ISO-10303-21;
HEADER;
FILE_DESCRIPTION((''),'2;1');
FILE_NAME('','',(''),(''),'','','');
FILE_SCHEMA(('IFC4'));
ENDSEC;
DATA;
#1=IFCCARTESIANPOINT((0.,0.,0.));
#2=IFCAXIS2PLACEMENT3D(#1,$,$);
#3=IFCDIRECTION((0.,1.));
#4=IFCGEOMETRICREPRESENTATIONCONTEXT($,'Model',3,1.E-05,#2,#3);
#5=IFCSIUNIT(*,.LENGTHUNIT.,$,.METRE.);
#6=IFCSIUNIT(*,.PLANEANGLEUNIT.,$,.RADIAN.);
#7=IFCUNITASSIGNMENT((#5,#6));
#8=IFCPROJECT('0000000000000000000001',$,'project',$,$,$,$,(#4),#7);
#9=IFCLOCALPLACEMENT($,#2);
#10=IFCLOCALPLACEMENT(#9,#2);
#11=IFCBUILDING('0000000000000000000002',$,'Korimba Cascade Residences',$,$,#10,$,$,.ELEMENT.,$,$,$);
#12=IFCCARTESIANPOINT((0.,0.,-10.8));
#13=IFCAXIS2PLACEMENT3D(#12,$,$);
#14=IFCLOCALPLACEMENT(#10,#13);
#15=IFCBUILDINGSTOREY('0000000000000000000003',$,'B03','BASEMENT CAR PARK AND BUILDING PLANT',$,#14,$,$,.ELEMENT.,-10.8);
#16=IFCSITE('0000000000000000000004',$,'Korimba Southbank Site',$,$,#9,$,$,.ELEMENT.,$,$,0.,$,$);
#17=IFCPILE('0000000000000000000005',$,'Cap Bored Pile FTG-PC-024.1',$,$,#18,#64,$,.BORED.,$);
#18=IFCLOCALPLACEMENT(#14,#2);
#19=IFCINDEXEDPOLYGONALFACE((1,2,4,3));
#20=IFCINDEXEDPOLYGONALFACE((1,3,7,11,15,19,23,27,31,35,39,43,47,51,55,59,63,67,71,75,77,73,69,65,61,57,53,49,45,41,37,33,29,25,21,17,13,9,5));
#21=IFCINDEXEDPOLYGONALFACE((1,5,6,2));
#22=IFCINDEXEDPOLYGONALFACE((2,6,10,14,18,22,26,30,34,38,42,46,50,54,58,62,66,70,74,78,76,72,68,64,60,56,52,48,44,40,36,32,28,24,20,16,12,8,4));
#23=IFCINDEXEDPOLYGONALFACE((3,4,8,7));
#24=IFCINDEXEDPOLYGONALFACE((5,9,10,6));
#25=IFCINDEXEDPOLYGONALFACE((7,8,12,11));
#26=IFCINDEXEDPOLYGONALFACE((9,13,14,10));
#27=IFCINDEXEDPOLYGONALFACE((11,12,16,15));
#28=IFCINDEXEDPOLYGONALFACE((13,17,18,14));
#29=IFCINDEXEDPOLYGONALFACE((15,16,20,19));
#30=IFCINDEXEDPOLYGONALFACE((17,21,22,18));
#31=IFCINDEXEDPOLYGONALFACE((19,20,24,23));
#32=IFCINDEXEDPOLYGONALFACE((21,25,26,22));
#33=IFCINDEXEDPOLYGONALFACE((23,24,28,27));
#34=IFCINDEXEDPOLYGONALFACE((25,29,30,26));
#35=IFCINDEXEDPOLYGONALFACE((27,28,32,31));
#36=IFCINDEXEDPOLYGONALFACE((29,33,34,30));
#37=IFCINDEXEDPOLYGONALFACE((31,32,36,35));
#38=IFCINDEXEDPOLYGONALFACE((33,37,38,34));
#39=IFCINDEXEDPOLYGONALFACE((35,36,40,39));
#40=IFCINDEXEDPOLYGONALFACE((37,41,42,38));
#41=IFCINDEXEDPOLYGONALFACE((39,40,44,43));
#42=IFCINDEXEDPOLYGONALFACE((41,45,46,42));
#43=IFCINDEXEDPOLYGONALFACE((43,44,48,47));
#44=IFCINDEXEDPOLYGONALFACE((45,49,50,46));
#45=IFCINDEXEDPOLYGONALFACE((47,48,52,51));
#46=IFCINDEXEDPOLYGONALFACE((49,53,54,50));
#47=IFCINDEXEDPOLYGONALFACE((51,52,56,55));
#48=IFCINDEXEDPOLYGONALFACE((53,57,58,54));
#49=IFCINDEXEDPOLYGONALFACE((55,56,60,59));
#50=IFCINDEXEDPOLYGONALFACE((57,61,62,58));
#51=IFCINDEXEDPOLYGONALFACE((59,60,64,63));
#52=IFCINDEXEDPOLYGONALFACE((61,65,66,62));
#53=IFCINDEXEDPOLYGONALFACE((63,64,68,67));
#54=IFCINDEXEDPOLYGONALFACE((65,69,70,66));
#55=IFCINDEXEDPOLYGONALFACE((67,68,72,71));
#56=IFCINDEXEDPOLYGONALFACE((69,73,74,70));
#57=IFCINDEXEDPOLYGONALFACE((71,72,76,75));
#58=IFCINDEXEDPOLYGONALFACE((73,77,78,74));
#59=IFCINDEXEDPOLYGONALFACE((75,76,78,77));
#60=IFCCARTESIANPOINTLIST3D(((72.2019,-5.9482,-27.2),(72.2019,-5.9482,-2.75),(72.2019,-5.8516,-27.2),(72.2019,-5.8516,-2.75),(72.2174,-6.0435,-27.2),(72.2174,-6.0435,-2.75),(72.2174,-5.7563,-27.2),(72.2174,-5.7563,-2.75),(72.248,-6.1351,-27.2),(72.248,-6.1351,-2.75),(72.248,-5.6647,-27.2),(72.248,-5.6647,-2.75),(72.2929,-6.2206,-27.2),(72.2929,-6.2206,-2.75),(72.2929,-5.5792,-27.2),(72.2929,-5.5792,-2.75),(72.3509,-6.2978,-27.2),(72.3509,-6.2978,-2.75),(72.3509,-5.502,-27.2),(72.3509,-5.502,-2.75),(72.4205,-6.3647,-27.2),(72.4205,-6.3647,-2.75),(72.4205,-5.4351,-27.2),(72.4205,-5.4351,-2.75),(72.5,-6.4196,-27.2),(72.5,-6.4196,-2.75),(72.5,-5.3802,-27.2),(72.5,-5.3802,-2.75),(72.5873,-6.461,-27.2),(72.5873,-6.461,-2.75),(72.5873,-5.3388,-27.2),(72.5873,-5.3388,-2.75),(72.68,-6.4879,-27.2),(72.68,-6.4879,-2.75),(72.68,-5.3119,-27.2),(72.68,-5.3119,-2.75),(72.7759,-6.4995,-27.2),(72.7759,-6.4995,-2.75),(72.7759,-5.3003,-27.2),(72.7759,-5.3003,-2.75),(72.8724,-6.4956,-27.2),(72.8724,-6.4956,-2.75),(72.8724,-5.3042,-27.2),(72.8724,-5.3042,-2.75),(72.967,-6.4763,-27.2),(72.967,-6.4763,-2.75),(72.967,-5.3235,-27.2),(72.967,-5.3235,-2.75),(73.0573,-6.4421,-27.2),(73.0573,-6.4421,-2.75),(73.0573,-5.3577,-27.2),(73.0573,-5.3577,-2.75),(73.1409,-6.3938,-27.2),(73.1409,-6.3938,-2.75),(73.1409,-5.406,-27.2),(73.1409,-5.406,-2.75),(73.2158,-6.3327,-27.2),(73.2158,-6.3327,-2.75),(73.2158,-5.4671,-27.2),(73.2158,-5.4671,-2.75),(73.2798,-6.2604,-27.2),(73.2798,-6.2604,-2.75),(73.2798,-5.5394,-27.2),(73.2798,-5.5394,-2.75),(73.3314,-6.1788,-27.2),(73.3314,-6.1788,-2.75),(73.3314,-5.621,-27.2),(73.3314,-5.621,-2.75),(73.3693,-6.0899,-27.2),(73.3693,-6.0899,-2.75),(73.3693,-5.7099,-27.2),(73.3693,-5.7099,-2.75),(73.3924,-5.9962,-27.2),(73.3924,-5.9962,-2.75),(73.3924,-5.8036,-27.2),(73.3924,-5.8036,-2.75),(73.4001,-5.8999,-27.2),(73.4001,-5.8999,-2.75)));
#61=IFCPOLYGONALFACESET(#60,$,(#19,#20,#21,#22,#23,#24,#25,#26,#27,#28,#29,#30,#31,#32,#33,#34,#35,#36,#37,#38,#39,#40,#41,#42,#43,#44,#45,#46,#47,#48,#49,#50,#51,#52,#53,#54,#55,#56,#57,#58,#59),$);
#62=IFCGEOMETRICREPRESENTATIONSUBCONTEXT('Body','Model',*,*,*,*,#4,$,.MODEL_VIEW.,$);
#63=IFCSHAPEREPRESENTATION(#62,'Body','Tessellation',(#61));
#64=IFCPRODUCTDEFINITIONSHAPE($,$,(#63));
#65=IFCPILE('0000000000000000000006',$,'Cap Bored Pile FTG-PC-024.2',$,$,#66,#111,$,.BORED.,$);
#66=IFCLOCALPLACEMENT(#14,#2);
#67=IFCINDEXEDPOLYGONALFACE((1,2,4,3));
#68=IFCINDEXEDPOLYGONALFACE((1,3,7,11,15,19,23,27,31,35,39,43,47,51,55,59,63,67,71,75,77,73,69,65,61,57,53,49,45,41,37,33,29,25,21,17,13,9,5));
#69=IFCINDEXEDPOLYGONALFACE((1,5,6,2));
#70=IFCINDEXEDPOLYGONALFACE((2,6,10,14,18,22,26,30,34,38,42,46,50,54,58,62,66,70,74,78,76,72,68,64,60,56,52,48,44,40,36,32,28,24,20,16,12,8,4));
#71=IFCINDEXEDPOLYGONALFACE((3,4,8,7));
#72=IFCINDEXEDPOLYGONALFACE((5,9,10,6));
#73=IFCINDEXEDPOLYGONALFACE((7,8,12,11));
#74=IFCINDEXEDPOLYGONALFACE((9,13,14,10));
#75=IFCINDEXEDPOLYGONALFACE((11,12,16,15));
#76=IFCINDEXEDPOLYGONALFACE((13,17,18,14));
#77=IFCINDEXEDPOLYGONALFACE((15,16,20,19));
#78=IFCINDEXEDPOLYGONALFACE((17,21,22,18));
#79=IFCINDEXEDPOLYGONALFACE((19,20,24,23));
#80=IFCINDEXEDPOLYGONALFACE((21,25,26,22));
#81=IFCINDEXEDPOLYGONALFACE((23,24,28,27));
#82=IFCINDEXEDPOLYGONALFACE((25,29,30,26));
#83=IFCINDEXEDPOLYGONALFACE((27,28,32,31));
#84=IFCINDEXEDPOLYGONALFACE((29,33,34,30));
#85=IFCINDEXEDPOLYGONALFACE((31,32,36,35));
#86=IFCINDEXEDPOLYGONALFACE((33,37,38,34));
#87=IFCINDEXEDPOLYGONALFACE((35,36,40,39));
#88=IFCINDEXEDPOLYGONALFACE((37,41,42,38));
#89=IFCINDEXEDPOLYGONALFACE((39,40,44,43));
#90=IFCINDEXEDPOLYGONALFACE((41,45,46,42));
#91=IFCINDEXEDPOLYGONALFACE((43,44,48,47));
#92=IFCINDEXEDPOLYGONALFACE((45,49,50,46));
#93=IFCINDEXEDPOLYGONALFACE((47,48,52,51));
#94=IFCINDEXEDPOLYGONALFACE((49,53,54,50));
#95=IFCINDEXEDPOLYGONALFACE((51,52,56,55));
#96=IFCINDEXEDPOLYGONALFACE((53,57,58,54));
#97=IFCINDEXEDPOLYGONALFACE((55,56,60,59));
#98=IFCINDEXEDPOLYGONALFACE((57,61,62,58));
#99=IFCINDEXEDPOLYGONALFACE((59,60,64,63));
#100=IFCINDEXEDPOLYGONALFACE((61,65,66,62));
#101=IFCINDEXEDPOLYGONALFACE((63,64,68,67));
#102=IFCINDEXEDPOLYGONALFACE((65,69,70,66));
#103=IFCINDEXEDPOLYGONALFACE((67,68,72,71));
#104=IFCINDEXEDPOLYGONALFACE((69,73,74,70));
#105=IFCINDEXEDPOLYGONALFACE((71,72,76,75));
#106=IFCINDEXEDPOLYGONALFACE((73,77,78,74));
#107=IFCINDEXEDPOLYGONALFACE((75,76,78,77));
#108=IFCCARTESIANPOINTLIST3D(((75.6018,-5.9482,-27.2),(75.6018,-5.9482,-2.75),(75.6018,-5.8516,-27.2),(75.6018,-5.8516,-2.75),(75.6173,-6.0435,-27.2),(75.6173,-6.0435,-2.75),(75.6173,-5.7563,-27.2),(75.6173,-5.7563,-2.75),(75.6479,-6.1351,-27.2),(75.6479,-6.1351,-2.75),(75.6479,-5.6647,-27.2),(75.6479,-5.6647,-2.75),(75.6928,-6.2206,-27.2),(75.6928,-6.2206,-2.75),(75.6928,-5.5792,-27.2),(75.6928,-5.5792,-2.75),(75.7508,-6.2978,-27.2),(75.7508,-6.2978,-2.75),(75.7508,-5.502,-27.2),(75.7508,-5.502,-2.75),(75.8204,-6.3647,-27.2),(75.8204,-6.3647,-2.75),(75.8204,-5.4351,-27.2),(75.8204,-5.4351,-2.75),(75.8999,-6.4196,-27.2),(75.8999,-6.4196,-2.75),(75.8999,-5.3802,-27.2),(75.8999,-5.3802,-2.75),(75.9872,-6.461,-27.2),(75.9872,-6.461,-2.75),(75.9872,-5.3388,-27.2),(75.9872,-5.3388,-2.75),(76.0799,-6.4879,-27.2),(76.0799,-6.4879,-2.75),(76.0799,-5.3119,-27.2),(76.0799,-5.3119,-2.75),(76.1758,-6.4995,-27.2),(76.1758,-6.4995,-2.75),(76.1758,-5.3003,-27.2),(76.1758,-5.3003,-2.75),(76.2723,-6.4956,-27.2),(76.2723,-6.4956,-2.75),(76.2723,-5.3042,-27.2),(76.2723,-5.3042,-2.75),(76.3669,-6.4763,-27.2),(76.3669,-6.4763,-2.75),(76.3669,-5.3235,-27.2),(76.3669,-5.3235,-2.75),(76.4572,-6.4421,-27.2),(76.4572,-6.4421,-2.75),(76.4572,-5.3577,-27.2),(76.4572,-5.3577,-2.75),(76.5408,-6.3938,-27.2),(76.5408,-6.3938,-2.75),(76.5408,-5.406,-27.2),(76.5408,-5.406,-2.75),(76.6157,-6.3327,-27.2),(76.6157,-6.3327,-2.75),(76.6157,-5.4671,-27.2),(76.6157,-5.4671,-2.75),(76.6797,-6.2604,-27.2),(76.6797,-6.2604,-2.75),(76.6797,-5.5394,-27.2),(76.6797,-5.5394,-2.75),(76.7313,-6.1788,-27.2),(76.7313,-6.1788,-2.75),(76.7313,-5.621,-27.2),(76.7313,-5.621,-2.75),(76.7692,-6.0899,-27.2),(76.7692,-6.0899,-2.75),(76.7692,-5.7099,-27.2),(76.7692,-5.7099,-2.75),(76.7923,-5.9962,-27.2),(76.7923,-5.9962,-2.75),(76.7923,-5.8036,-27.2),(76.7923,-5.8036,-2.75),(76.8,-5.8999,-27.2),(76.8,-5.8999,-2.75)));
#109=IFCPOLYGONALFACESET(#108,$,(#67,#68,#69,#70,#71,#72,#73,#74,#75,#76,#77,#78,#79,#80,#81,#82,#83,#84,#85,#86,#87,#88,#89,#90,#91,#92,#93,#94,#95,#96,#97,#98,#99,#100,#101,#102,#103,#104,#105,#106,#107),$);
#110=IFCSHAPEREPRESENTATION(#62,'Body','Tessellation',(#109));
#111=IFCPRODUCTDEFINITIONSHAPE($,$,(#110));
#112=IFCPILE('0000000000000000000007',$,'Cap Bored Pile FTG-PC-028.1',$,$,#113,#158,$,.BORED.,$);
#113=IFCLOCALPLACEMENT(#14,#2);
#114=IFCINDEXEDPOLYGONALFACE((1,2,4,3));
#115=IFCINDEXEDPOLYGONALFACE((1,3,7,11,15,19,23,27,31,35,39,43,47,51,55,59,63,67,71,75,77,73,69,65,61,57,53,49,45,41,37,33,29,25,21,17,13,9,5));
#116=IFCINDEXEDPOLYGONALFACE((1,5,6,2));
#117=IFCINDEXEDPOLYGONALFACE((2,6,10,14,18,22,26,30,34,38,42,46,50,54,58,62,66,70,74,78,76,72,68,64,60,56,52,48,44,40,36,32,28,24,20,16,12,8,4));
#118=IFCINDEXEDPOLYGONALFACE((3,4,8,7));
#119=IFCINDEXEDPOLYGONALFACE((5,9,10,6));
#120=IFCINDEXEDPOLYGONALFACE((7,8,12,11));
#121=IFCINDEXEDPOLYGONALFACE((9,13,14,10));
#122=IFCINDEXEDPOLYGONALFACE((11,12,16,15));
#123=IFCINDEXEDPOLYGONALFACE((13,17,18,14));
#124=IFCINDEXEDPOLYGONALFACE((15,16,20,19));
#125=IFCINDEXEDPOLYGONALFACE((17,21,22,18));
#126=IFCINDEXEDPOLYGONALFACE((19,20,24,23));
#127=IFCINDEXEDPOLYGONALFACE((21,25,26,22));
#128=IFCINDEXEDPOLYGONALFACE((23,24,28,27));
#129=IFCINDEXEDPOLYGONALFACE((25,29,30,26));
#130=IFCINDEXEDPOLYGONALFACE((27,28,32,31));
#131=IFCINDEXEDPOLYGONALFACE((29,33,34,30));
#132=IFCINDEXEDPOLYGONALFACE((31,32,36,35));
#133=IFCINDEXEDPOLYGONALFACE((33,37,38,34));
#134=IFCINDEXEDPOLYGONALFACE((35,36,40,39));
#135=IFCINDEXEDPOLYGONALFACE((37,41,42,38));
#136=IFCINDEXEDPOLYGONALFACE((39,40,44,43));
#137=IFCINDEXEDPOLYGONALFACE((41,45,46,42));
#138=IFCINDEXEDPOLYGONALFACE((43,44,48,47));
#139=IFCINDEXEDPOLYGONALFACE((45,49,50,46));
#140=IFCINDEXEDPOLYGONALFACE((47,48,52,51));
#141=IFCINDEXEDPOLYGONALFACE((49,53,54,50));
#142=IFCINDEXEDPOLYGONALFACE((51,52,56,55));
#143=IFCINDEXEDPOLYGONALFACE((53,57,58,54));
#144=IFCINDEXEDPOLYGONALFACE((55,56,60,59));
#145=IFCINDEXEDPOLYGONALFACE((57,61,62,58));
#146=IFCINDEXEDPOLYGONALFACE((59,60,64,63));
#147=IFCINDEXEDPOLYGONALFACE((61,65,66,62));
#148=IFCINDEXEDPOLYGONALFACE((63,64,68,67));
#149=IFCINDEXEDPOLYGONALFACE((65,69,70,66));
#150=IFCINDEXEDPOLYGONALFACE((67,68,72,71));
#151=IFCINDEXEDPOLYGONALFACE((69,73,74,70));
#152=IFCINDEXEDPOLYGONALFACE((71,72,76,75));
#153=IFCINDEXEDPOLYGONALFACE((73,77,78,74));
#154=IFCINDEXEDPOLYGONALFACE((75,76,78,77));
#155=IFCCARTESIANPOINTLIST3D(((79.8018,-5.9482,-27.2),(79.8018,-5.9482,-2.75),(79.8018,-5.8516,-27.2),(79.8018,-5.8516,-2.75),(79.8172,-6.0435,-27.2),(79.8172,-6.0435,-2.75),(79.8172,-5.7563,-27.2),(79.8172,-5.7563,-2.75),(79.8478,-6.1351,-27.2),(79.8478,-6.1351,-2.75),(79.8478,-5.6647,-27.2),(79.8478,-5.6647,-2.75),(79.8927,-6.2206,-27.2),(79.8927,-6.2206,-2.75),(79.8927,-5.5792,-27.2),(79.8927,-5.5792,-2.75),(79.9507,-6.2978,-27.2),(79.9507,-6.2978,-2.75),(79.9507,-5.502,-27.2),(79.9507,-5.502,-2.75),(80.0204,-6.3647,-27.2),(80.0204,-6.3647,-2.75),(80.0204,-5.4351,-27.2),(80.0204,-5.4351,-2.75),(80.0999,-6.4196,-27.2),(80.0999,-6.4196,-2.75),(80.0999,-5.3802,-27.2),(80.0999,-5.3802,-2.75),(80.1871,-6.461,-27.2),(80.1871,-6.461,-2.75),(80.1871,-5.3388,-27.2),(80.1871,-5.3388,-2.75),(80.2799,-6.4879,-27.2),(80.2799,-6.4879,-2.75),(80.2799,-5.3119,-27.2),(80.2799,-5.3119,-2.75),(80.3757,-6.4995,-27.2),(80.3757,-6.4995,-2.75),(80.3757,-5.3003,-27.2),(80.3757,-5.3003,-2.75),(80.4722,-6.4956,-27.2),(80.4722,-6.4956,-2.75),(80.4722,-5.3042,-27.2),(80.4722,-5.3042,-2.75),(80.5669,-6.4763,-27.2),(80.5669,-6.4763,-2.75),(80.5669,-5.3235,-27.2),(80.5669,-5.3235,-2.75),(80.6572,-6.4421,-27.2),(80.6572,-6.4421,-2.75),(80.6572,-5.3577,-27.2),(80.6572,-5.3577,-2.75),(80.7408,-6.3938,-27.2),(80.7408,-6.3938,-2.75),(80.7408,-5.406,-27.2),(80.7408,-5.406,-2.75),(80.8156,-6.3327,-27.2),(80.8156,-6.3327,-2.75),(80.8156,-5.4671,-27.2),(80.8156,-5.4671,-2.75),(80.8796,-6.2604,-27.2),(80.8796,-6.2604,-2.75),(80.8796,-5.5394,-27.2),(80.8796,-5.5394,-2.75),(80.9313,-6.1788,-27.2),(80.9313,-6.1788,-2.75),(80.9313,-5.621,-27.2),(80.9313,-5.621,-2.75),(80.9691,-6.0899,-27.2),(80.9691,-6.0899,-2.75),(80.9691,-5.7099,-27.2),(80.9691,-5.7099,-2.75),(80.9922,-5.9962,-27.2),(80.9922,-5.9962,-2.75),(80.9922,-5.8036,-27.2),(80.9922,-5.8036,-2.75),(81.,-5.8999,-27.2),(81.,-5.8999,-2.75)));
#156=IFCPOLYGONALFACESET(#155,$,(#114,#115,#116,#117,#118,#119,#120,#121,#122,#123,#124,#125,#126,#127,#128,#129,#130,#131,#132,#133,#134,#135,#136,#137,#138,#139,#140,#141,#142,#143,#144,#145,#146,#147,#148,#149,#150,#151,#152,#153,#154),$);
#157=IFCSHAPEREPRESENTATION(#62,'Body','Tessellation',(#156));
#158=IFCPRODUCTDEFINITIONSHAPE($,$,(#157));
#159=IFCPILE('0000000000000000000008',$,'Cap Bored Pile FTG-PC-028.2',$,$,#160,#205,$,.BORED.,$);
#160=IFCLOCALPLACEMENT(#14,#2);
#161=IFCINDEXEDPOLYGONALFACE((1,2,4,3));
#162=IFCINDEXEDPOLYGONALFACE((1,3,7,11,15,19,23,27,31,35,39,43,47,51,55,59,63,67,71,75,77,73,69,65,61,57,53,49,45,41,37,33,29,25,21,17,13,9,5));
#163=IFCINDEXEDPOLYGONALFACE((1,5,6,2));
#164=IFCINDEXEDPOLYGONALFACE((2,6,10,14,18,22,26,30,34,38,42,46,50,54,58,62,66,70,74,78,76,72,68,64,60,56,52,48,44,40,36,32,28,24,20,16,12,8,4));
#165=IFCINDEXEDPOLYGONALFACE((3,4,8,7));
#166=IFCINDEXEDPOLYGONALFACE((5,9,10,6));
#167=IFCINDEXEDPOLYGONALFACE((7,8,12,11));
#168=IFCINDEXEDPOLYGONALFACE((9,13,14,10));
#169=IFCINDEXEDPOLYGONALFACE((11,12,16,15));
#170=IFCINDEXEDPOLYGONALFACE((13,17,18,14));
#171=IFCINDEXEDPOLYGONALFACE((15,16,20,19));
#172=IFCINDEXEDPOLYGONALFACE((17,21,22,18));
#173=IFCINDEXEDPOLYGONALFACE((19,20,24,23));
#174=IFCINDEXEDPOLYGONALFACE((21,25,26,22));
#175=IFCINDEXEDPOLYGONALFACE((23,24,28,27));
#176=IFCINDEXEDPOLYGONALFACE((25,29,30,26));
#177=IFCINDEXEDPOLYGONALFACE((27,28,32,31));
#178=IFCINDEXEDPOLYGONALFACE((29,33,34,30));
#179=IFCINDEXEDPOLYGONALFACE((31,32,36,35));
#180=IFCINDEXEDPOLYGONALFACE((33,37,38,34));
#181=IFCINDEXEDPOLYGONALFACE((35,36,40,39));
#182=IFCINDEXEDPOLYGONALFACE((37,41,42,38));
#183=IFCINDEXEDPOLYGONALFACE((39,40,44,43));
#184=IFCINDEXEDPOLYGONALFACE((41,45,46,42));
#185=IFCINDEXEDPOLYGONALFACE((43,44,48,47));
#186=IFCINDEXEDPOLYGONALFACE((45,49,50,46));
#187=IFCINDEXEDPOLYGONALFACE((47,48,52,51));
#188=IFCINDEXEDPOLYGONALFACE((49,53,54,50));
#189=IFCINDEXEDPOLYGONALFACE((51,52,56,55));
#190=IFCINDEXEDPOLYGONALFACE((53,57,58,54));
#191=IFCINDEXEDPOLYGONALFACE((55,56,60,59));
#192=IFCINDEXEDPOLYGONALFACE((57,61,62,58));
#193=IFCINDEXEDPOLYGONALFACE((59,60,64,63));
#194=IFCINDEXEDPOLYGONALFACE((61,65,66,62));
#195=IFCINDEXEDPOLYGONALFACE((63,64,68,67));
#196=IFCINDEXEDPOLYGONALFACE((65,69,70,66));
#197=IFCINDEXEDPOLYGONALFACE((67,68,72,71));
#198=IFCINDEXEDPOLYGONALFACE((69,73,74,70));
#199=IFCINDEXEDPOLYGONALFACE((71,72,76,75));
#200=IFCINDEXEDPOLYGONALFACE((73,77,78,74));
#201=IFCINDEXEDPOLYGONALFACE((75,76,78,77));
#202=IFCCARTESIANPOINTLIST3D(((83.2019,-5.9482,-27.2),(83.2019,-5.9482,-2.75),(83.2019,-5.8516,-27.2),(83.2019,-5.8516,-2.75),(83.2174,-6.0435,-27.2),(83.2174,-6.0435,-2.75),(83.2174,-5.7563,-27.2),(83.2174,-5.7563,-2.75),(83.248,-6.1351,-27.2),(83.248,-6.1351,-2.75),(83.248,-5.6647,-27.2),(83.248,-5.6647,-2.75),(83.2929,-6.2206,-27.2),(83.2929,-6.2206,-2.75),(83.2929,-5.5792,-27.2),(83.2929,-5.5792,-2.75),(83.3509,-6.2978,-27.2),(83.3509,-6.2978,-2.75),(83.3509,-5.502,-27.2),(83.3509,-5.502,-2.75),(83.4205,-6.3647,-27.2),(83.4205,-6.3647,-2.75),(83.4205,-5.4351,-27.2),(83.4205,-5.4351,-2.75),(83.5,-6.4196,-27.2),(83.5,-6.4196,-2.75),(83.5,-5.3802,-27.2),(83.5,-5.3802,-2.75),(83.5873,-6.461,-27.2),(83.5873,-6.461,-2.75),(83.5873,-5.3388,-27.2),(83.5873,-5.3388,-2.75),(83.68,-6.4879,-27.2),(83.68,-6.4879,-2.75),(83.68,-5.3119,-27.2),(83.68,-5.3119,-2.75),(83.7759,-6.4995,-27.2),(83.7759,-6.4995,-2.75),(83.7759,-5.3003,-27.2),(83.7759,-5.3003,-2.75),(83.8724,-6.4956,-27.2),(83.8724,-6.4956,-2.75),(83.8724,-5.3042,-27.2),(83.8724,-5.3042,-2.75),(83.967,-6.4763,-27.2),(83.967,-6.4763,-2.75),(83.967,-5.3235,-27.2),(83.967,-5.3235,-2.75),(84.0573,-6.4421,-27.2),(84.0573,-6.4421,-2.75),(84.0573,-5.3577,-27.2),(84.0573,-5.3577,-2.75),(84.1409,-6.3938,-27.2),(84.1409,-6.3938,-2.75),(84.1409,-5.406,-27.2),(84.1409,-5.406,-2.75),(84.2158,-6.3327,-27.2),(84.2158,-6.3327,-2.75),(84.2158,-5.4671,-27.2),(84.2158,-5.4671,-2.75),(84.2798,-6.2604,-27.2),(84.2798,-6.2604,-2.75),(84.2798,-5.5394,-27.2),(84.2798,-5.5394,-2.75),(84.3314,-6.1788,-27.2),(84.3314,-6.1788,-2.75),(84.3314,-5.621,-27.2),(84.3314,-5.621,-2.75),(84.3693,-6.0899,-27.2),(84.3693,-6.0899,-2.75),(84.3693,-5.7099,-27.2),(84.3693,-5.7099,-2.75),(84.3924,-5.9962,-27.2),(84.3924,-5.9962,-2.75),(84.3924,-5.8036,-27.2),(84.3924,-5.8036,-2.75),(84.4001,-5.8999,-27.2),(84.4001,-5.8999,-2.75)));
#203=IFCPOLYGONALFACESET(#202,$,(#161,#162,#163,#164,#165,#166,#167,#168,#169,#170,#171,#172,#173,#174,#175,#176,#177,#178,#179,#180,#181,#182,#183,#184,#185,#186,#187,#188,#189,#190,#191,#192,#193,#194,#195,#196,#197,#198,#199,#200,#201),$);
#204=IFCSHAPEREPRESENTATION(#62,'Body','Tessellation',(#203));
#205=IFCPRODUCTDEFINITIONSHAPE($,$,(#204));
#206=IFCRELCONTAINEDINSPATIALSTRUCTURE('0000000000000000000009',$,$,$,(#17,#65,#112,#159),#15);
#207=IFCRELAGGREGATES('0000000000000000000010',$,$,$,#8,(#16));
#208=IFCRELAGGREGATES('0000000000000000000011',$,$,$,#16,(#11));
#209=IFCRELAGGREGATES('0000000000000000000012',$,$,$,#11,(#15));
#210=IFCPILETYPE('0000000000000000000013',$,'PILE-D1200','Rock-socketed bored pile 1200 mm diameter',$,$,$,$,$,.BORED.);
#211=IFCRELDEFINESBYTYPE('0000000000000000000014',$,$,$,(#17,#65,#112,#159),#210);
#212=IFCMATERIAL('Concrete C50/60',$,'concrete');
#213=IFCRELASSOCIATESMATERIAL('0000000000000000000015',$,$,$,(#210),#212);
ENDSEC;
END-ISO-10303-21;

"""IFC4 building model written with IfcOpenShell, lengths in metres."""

from ifc_helpers import new_model, si_unit, direction, frame, origin, origin_2d, place, context, subcontext, project, spatial, circle, extrude, material, material_profile, profile_set, type_object, element, save


model = new_model("IFC4")

# Units and contexts
model_context = context("Model", 3, precision=1e-05, world=origin(), true_north=direction((0.0, 1.0)))
body_context = subcontext(model_context, "Body", "Model", "MODEL_VIEW")
ifc_project = project(units=[si_unit("LENGTHUNIT", "METRE"), si_unit("PLANEANGLEUNIT", "RADIAN")], contexts=[model_context])

# Site, building, storey
site_placement = place(None, origin())
site = spatial("IfcSite", under=ifc_project, at=site_placement, Name="Korimba Southbank Site", CompositionType="ELEMENT", RefElevation=0.0)
building_placement = place(site_placement, origin())
building = spatial("IfcBuilding", under=site, at=building_placement, Name="Korimba Cascade Residences", CompositionType="ELEMENT")
storey_placement = place(building_placement, frame((0.0, 0.0, -10.8)))
storey = spatial("IfcBuildingStorey", under=building, at=storey_placement, Name="B03", Description="BASEMENT CAR PARK AND BUILDING PLANT", CompositionType="ELEMENT", Elevation=-10.8)

# Piles
ifc_material_1 = material(Name="Concrete C50/60", Category="concrete")
ifc_material_profile_1 = material_profile(ifc_material_1, circle(Radius=0.6001, at=origin_2d()), Name="Concrete C50/60")
ifc_profile_set_1 = profile_set([ifc_material_profile_1], Name="Concrete C50/60")
pile_type = type_object("IfcPileType", Name="PILE-D1200", Description="Rock-socketed bored pile 1200 mm diameter", PredefinedType="BORED", material=ifc_profile_set_1)
for number, where, z_axis, x_axis, name in (
    (1, (72.8, -5.8999, -2.75), (0.0, 0.0, -1.0), (1.0, 0.0, 0.0), "Cap Bored Pile FTG-PC-024.1"),
    (2, (76.2, -5.8999, -2.75), (0.0, 0.0, -1.0), (1.0, 0.0, 0.0), "Cap Bored Pile FTG-PC-024.2"),
    (3, (80.3999, -5.8999, -2.75), (0.0, 0.0, -1.0), (1.0, 0.0, 0.0), "Cap Bored Pile FTG-PC-028.1"),
    (4, (83.8, -5.8999, -2.75), (0.0, 0.0, -1.0), (1.0, 0.0, 0.0), "Cap Bored Pile FTG-PC-028.2"),
):
    element("IfcPile", number, at=place(storey_placement, frame(where, z_axis=z_axis, x_axis=x_axis)), inside=storey, type_object=pile_type, Name=name, PredefinedType="BORED", context=body_context, shape_type="SweptSolid", body=[
        extrude(circle(Radius=0.6001, at=origin_2d()), origin(), (0.0, 0.0, 1.0), 24.45),
    ])

save(model, "model.ifc")
